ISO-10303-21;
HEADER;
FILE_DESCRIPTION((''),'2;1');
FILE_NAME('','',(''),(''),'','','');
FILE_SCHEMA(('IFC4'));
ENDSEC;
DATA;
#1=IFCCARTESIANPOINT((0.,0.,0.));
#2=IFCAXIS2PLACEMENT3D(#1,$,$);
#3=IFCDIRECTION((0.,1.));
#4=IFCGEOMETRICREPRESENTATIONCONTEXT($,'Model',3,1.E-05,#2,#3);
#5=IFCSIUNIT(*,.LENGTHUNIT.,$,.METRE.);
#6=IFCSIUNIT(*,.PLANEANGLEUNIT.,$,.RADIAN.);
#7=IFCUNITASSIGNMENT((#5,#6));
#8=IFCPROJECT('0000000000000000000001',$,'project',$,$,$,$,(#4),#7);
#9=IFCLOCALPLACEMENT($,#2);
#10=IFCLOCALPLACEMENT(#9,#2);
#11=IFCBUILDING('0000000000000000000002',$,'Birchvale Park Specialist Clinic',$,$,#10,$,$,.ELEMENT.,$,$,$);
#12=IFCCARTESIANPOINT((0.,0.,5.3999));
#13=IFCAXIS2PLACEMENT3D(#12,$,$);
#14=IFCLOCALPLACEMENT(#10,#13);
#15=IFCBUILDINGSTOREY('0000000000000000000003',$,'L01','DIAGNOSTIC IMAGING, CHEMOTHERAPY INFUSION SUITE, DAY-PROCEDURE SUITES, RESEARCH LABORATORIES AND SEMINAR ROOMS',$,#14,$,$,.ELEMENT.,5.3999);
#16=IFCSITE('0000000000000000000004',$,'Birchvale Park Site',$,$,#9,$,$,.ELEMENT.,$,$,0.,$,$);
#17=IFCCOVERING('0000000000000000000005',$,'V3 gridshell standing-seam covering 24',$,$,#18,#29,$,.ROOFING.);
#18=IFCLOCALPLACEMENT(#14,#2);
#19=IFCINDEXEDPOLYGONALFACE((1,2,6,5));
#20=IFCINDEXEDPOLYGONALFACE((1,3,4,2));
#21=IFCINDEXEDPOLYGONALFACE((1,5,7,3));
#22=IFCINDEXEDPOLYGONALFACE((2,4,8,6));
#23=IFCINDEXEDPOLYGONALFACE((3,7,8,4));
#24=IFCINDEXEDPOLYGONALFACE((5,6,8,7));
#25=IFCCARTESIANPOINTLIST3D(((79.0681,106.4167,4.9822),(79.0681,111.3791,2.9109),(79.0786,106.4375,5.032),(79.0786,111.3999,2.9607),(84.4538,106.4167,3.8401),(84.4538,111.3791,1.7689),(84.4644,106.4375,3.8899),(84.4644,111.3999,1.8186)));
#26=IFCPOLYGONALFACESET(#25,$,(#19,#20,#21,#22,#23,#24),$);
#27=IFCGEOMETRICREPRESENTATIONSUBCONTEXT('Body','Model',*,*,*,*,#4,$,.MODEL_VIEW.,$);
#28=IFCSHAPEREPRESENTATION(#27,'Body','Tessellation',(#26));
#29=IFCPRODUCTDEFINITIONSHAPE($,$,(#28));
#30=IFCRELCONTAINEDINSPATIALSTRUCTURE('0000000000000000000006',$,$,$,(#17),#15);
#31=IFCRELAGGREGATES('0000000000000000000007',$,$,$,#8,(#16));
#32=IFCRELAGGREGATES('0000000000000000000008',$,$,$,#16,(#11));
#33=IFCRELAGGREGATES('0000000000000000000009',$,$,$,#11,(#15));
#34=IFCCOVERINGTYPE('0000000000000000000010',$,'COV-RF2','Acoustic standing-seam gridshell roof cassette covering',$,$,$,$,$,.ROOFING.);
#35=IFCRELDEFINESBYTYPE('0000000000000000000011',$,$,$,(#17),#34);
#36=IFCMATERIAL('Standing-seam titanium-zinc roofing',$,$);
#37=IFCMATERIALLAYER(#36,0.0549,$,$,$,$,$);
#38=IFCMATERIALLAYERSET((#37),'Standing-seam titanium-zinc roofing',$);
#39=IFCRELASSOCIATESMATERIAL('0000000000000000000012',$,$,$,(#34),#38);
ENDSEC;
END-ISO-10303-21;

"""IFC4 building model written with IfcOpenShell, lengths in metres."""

from ifc_helpers import new_model, si_unit, direction, frame, origin, place, context, subcontext, project, spatial, polyline, outline, extrude, material, layer, layer_set, type_object, element, save


model = new_model("IFC4")

# Units and contexts
model_context = context("Model", 3, precision=1e-05, world=origin(), true_north=direction((0.0, 1.0)))
body_context = subcontext(model_context, "Body", "Model", "MODEL_VIEW")
ifc_project = project(units=[si_unit("LENGTHUNIT", "METRE"), si_unit("PLANEANGLEUNIT", "RADIAN")], contexts=[model_context])

# Site, building, storey
site_placement = place(None, origin())
site = spatial("IfcSite", under=ifc_project, at=site_placement, Name="Birchvale Park Site", CompositionType="ELEMENT", RefElevation=0.0)
building_placement = place(site_placement, origin())
building = spatial("IfcBuilding", under=site, at=building_placement, Name="Birchvale Park Specialist Clinic", CompositionType="ELEMENT")
storey_placement = place(building_placement, frame((0.0, 0.0, 5.3999)))
storey = spatial("IfcBuildingStorey", under=building, at=storey_placement, Name="L01", Description="DIAGNOSTIC IMAGING, CHEMOTHERAPY INFUSION SUITE, DAY-PROCEDURE SUITES, RESEARCH LABORATORIES AND SEMINAR ROOMS", CompositionType="ELEMENT", Elevation=5.3999)

# Covering
ifc_material_1 = material(Name="Standing-seam titanium-zinc roofing")
ifc_layer_1 = layer(ifc_material_1, 0.0549)
ifc_layer_set_1 = layer_set([ifc_layer_1], Name="Standing-seam titanium-zinc roofing")
covering_type = type_object("IfcCoveringType", Name="COV-RF2", Description="Acoustic standing-seam gridshell roof cassette covering", PredefinedType="ROOFING", material=ifc_layer_set_1)
covering_1_placement = place(storey_placement, frame((79.0786, 106.4375, 5.032), z_axis=(0.192052, 0.378019, 0.905659), x_axis=(0.978247, 0.0, -0.207445)))
element("IfcCovering", 1, at=covering_1_placement, inside=storey, type_object=covering_type, Name="V3 gridshell standing-seam covering 24", PredefinedType="ROOFING", context=body_context, shape_type="SweptSolid", body=[
    extrude(outline(polyline([(0.0, 0.0), (5.5055, 0.0), (5.9352, 5.3601), (0.4297, 5.3601), (0.0, 0.0)])), origin(), (0.0, 0.0, -1.0), 0.0549),
])

save(model, "model.ifc")
